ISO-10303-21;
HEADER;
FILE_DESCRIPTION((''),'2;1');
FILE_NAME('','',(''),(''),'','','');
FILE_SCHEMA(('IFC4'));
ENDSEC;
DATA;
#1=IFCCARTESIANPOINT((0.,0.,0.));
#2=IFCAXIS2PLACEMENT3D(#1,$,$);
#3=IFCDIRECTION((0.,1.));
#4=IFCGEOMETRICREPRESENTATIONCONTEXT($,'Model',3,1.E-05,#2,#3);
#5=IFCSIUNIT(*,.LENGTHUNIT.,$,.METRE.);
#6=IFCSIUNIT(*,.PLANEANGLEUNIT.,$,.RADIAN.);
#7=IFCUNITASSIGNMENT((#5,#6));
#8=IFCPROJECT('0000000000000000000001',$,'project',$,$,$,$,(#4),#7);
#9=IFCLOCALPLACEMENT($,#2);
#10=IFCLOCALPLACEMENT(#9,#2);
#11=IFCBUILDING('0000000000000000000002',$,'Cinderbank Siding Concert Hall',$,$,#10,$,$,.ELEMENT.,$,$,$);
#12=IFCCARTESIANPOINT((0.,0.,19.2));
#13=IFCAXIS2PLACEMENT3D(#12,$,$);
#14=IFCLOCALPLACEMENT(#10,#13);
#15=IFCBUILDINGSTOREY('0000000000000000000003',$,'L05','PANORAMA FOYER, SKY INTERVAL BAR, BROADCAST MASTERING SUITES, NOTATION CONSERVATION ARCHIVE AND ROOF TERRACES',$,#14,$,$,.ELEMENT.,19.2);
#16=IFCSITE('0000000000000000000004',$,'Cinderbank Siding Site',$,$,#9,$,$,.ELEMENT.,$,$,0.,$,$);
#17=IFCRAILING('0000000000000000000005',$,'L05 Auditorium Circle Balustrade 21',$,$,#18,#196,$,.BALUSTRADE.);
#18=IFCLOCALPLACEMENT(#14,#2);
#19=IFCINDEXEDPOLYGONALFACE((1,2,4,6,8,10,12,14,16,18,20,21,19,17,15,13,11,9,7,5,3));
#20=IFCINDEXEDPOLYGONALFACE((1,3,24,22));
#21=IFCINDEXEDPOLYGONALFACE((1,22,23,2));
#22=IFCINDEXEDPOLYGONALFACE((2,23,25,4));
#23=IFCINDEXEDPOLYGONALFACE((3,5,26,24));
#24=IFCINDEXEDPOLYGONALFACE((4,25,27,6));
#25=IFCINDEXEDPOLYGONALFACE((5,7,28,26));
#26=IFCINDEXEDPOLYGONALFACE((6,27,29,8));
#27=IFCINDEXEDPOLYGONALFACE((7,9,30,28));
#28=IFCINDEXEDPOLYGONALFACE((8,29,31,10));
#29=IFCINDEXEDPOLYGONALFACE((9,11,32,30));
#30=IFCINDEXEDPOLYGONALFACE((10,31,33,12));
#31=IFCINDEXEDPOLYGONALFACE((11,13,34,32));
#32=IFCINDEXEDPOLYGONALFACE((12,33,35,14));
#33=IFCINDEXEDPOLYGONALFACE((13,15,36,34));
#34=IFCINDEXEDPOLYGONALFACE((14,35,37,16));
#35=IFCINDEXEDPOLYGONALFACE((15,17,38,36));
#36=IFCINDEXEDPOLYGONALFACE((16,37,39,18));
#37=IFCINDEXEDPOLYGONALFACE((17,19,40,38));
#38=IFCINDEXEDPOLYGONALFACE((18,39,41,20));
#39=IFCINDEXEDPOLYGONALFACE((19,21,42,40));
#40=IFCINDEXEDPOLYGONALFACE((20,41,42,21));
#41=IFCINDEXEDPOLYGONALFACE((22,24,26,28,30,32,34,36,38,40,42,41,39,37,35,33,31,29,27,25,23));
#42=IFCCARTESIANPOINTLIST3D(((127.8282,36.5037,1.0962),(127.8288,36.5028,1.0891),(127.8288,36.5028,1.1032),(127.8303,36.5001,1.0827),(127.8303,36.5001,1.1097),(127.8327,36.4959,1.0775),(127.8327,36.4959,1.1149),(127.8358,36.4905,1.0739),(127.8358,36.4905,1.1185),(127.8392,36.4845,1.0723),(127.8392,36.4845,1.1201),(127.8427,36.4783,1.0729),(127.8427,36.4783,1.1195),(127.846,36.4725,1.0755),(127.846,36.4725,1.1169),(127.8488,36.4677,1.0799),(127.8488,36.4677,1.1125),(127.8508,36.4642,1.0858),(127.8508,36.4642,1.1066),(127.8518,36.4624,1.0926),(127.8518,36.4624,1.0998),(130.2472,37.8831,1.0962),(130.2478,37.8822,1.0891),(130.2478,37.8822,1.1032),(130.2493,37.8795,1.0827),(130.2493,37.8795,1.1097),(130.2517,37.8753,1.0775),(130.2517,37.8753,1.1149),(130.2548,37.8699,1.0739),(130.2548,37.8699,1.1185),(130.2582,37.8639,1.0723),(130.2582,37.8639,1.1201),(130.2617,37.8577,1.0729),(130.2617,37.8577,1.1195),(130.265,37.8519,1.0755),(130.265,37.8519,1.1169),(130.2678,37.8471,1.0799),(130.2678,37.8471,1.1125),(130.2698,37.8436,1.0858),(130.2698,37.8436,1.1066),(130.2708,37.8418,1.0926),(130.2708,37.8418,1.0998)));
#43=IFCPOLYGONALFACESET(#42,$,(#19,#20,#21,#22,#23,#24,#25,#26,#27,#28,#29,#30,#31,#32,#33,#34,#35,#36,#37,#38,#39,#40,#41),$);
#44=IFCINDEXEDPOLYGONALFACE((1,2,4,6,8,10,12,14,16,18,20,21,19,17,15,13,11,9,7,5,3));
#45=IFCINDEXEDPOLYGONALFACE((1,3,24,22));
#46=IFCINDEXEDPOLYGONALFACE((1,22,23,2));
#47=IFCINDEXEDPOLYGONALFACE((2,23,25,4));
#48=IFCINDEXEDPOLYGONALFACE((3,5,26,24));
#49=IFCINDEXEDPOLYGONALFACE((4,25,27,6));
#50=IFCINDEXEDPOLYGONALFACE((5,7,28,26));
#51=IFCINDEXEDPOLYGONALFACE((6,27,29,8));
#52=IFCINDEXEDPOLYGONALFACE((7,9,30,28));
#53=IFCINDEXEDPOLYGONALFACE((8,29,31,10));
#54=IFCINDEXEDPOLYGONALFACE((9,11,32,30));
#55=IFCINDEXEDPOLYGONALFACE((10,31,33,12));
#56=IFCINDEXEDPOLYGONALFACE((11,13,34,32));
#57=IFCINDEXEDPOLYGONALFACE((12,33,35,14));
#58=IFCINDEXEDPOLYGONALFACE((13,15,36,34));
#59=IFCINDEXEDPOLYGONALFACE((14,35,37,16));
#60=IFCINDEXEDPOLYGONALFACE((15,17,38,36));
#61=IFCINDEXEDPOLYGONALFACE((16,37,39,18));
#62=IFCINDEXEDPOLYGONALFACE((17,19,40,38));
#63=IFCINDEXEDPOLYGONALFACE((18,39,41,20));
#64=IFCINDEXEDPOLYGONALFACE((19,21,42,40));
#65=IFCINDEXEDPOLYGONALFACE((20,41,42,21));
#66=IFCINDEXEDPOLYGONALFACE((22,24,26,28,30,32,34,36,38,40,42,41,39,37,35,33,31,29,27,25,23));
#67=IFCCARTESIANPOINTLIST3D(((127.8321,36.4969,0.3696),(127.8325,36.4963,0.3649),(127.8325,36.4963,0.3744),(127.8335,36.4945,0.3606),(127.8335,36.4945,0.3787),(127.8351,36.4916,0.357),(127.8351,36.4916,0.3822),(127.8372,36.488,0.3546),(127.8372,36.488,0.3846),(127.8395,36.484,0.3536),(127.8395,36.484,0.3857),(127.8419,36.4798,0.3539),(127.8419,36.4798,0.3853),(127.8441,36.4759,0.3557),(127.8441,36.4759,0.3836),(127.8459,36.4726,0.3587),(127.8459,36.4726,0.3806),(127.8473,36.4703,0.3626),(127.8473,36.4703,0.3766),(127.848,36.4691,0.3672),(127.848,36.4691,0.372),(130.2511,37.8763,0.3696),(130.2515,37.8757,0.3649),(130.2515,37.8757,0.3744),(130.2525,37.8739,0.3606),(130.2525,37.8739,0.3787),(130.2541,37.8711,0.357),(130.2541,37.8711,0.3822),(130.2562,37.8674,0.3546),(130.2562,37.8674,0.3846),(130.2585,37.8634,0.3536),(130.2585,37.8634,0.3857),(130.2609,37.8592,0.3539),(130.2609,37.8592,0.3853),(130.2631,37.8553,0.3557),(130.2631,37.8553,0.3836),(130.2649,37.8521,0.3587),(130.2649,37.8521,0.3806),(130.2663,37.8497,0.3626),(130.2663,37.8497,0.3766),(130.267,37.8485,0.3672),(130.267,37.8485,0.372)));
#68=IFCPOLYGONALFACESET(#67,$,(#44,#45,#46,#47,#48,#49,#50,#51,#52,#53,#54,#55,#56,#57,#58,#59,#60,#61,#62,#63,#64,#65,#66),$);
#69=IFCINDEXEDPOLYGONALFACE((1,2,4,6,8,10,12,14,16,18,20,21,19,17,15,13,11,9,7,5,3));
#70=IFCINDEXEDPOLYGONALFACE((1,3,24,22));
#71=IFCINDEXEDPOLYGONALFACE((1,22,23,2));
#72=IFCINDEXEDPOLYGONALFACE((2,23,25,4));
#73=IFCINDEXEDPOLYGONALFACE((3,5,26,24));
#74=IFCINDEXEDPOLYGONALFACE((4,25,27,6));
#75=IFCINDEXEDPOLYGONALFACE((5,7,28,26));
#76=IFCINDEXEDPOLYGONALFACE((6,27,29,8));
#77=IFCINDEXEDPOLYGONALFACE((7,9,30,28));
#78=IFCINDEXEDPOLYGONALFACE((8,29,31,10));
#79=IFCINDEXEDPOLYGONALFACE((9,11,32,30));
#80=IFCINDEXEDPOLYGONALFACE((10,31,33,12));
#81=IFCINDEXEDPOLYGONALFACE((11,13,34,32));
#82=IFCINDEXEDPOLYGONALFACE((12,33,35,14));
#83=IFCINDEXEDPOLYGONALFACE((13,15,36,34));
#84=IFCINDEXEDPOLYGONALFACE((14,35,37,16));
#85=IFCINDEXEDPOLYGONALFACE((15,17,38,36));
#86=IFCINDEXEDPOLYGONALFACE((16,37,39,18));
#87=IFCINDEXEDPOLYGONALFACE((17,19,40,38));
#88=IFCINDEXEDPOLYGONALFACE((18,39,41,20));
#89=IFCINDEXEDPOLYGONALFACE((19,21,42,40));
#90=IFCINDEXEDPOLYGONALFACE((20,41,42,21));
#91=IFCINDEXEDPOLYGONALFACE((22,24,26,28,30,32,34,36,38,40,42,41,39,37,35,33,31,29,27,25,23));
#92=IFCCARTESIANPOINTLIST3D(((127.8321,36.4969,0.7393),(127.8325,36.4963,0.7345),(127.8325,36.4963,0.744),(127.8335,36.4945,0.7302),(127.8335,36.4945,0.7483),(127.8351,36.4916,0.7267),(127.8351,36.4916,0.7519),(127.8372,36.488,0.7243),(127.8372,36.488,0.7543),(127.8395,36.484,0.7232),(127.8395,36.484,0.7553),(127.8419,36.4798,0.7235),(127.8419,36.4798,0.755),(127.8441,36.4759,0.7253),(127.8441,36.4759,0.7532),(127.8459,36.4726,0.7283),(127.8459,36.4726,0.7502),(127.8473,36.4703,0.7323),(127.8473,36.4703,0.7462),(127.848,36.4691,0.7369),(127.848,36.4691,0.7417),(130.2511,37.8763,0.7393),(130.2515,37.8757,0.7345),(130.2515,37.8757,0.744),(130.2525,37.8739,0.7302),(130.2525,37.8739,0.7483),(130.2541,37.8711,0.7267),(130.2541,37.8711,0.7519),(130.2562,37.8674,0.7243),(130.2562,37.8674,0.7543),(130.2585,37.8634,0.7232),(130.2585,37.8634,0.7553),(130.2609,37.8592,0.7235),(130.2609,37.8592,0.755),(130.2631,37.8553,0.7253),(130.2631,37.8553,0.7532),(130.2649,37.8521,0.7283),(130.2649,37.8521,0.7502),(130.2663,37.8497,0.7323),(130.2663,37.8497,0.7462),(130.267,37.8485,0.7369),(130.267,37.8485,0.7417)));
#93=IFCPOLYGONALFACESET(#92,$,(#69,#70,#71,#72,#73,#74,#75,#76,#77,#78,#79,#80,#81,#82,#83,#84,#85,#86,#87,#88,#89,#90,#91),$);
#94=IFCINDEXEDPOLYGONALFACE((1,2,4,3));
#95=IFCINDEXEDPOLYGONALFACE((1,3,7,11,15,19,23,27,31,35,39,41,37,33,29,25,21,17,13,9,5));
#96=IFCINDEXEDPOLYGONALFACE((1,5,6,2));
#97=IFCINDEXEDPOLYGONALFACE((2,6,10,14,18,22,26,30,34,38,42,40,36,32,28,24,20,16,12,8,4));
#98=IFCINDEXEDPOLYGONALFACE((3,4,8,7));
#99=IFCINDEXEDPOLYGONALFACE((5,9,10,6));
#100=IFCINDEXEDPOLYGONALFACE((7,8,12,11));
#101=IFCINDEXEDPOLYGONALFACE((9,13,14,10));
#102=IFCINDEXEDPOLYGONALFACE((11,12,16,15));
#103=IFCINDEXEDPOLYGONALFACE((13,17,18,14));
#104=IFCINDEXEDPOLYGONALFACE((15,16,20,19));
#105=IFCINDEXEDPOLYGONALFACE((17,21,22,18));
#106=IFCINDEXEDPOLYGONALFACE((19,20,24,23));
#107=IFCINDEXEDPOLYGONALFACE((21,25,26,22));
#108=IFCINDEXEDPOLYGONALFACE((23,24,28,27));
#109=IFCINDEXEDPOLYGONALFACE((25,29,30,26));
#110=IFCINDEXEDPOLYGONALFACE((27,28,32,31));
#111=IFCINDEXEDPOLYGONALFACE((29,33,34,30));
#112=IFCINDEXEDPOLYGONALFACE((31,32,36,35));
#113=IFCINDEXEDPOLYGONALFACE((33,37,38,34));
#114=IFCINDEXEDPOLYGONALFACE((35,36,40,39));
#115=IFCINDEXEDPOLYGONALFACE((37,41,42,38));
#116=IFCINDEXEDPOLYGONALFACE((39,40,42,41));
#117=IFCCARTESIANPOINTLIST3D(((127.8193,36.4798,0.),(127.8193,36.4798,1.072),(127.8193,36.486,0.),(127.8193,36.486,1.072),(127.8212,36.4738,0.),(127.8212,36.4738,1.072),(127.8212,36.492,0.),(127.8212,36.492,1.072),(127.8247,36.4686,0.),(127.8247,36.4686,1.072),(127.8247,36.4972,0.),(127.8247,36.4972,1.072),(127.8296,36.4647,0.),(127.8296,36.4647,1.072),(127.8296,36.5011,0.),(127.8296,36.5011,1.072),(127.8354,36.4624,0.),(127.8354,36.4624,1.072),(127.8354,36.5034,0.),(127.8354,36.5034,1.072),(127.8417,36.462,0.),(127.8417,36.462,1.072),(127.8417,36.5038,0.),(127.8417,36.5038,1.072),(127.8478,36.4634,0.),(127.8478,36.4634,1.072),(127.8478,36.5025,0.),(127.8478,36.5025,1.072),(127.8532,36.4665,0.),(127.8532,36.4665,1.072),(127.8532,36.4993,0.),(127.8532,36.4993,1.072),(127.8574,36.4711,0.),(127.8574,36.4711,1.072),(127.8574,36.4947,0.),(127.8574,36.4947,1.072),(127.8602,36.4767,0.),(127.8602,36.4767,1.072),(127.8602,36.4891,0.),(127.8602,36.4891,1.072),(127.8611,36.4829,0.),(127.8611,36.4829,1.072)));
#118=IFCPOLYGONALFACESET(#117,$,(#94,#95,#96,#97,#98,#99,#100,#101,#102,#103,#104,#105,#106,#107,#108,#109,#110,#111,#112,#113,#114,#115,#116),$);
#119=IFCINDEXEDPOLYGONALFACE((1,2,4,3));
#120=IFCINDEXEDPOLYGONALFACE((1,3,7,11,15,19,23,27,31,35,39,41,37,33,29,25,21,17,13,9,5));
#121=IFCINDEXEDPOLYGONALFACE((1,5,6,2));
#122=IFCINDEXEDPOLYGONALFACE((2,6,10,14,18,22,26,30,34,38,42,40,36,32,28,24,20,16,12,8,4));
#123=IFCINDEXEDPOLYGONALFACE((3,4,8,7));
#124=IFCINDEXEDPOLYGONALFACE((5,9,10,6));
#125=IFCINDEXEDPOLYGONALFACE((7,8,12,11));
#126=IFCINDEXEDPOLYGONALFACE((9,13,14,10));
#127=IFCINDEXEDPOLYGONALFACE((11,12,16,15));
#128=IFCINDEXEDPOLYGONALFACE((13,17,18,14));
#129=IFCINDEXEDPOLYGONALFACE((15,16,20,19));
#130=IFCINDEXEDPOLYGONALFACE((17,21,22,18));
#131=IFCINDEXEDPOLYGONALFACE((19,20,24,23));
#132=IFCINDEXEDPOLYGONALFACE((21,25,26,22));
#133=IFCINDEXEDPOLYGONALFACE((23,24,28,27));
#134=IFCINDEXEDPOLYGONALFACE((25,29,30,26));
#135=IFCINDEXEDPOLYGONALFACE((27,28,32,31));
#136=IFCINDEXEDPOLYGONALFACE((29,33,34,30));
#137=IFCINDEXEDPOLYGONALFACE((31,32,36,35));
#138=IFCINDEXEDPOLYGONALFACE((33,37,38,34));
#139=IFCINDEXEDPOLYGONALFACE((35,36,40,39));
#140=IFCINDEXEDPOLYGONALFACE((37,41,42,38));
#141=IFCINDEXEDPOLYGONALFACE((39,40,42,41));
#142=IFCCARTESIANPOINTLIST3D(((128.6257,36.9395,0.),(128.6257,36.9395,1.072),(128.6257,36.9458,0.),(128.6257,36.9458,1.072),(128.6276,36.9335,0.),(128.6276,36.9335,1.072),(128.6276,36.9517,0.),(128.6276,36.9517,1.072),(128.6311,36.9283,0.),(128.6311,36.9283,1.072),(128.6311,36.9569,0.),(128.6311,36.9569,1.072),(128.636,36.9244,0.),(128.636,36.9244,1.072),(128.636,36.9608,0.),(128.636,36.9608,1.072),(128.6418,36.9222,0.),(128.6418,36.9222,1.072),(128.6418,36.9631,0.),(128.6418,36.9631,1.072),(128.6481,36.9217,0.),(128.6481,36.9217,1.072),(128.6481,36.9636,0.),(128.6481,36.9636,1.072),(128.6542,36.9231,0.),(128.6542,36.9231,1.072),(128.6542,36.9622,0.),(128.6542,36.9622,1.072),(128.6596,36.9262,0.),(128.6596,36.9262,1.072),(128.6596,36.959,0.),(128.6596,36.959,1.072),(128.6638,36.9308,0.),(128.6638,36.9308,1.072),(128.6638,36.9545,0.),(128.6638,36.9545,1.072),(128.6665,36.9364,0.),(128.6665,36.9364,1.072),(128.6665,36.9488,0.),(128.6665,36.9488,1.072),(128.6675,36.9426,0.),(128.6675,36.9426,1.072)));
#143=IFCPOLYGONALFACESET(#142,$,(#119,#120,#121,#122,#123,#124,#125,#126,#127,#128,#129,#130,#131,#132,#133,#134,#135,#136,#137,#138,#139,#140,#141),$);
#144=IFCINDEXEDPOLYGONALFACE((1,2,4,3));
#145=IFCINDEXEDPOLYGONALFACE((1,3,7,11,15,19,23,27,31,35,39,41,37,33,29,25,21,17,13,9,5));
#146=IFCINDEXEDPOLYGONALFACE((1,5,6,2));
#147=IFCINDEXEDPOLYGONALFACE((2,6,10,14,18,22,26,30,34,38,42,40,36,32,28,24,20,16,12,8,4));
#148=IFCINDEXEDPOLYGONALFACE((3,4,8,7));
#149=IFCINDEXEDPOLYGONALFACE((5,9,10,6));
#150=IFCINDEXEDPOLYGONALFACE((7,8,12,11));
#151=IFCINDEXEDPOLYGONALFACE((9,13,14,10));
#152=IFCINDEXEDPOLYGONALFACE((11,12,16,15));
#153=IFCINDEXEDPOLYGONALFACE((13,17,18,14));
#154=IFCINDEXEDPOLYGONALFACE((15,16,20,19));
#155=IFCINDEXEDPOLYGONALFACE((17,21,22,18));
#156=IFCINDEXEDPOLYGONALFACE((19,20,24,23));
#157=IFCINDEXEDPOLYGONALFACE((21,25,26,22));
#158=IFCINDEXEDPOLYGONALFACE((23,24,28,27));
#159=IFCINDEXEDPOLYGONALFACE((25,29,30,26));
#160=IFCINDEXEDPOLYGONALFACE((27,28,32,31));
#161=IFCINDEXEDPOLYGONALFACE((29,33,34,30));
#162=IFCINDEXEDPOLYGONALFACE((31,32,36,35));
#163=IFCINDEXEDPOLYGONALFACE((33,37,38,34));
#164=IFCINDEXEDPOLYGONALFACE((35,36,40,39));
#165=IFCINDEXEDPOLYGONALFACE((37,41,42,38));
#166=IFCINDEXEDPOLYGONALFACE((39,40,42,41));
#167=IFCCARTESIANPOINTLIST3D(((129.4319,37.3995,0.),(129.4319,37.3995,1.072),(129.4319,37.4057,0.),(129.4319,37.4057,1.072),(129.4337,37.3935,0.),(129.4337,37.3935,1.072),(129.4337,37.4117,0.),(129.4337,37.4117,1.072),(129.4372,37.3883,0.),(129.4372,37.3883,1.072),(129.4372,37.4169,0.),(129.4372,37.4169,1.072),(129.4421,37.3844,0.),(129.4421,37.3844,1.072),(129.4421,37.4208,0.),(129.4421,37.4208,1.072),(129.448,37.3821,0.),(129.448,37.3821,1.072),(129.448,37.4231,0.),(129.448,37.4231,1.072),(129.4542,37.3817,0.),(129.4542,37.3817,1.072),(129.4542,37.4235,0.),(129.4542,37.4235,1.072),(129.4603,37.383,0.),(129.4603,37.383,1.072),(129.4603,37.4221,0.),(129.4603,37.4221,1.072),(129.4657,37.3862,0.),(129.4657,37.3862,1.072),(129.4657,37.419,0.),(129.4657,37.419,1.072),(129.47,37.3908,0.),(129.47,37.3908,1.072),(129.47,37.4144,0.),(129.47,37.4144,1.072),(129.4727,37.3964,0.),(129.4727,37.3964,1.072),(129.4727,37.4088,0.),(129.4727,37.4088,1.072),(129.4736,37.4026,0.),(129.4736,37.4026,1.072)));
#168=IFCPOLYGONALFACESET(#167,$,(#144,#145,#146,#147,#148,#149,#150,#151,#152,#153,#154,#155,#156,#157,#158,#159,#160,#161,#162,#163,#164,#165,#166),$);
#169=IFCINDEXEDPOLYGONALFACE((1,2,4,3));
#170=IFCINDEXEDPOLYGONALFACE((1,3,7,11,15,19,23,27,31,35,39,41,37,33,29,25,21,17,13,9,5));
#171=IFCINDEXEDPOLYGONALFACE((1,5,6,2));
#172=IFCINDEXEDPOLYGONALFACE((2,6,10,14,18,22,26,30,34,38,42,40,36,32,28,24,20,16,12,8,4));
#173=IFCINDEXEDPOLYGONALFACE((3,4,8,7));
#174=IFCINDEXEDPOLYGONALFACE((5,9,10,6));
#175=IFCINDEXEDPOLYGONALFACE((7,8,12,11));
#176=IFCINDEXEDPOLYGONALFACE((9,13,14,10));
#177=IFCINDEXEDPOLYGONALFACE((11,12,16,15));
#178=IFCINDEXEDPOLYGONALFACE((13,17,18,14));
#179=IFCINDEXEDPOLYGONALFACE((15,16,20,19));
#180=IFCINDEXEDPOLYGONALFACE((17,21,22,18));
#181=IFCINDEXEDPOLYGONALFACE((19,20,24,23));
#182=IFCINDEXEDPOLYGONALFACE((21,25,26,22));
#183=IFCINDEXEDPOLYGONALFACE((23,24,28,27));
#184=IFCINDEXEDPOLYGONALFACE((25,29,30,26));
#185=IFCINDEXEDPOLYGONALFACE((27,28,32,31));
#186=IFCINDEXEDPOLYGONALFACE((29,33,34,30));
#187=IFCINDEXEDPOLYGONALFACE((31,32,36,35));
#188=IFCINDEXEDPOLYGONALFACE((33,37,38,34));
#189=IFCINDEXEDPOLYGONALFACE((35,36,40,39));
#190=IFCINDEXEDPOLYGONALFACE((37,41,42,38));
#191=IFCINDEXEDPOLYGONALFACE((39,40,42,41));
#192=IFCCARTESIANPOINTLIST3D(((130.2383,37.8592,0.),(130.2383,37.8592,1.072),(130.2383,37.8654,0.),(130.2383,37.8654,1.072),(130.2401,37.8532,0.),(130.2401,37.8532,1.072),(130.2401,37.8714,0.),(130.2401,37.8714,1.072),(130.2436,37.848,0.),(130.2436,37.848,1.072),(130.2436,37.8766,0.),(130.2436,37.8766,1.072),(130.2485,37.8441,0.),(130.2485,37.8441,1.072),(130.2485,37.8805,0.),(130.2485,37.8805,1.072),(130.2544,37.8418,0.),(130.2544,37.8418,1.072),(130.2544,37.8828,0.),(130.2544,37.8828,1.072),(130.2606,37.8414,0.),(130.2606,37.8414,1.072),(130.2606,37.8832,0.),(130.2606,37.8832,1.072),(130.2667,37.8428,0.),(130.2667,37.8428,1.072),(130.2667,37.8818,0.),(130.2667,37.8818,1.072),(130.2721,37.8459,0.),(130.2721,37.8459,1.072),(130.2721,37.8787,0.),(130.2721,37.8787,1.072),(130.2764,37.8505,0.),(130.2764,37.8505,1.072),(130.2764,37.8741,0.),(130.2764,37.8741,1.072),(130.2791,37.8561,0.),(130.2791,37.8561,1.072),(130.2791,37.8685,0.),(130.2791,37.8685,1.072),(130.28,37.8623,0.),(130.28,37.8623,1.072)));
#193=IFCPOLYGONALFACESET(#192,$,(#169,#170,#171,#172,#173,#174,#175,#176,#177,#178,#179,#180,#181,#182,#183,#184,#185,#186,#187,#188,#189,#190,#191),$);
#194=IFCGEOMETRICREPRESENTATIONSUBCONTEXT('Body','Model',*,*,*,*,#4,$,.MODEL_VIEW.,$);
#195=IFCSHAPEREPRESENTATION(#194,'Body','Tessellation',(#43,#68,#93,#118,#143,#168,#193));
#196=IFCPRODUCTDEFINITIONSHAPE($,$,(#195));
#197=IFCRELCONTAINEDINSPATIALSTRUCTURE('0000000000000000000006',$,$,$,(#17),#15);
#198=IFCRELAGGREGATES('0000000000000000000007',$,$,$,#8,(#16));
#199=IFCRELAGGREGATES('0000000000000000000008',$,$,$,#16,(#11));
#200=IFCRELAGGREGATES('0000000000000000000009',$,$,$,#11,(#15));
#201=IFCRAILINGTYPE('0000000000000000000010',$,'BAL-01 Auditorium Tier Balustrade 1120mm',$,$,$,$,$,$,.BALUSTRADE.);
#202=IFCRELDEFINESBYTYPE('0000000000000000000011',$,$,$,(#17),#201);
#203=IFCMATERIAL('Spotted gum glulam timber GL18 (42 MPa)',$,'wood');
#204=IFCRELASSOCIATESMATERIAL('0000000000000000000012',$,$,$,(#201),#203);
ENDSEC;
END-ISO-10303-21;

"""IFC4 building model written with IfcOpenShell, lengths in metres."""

from ifc_helpers import new_model, si_unit, direction, frame, origin, origin_2d, place, context, subcontext, project, spatial, circle, extrude, material, type_object, element, save


model = new_model("IFC4")

# Units and contexts
model_context = context("Model", 3, precision=1e-05, world=origin(), true_north=direction((0.0, 1.0)))
body_context = subcontext(model_context, "Body", "Model", "MODEL_VIEW")
ifc_project = project(units=[si_unit("LENGTHUNIT", "METRE"), si_unit("PLANEANGLEUNIT", "RADIAN")], contexts=[model_context])

# Site, building, storey
site_placement = place(None, origin())
site = spatial("IfcSite", under=ifc_project, at=site_placement, Name="Cinderbank Siding Site", CompositionType="ELEMENT", RefElevation=0.0)
building_placement = place(site_placement, origin())
building = spatial("IfcBuilding", under=site, at=building_placement, Name="Cinderbank Siding Concert Hall", CompositionType="ELEMENT")
storey_placement = place(building_placement, frame((0.0, 0.0, 19.2)))
storey = spatial("IfcBuildingStorey", under=building, at=storey_placement, Name="L05", Description="PANORAMA FOYER, SKY INTERVAL BAR, BROADCAST MASTERING SUITES, NOTATION CONSERVATION ARCHIVE AND ROOF TERRACES", CompositionType="ELEMENT", Elevation=19.2)

# Railing
ifc_material_1 = material(Name="Spotted gum glulam timber GL18 (42 MPa)", Category="wood")
railing_type = type_object("IfcRailingType", Name="BAL-01 Auditorium Tier Balustrade 1120mm", PredefinedType="BALUSTRADE", material=ifc_material_1)
railing_1_placement = place(storey_placement, frame((127.8401, 36.4829, 0.0)))
element("IfcRailing", 1, at=railing_1_placement, inside=storey, type_object=railing_type, Name="L05 Auditorium Circle Balustrade 21", PredefinedType="BALUSTRADE", context=body_context, shape_type="SweptSolid", body=[
    extrude(circle(Radius=0.0239, at=origin_2d()), frame((0.0, 0.0, 1.0962), z_axis=(0.868685, 0.495365, 0.0), x_axis=(-0.495365, 0.868685, 0.0)), (0.0, 0.0, 1.0), 2.7847),
    extrude(circle(Radius=0.0161, at=origin_2d()), frame((0.0, 0.0, 0.3696), z_axis=(0.868685, 0.495365, 0.0), x_axis=(-0.495365, 0.868685, 0.0)), (0.0, 0.0, 1.0), 2.7847),
    extrude(circle(Radius=0.0161, at=origin_2d()), frame((0.0, 0.0, 0.7393), z_axis=(0.868685, 0.495365, 0.0), x_axis=(-0.495365, 0.868685, 0.0)), (0.0, 0.0, 1.0), 2.7847),
    extrude(circle(Radius=0.021, at=origin_2d()), origin(), (0.0, 0.0, 1.0), 1.072),
    extrude(circle(Radius=0.021, at=origin_2d()), frame((0.8064, 0.4597, 0.0)), (0.0, 0.0, 1.0), 1.072),
    extrude(circle(Radius=0.021, at=origin_2d()), frame((1.6125, 0.9197, 0.0)), (0.0, 0.0, 1.0), 1.072),
    extrude(circle(Radius=0.021, at=origin_2d()), frame((2.4189, 1.3794, 0.0)), (0.0, 0.0, 1.0), 1.072),
])

save(model, "model.ifc")
